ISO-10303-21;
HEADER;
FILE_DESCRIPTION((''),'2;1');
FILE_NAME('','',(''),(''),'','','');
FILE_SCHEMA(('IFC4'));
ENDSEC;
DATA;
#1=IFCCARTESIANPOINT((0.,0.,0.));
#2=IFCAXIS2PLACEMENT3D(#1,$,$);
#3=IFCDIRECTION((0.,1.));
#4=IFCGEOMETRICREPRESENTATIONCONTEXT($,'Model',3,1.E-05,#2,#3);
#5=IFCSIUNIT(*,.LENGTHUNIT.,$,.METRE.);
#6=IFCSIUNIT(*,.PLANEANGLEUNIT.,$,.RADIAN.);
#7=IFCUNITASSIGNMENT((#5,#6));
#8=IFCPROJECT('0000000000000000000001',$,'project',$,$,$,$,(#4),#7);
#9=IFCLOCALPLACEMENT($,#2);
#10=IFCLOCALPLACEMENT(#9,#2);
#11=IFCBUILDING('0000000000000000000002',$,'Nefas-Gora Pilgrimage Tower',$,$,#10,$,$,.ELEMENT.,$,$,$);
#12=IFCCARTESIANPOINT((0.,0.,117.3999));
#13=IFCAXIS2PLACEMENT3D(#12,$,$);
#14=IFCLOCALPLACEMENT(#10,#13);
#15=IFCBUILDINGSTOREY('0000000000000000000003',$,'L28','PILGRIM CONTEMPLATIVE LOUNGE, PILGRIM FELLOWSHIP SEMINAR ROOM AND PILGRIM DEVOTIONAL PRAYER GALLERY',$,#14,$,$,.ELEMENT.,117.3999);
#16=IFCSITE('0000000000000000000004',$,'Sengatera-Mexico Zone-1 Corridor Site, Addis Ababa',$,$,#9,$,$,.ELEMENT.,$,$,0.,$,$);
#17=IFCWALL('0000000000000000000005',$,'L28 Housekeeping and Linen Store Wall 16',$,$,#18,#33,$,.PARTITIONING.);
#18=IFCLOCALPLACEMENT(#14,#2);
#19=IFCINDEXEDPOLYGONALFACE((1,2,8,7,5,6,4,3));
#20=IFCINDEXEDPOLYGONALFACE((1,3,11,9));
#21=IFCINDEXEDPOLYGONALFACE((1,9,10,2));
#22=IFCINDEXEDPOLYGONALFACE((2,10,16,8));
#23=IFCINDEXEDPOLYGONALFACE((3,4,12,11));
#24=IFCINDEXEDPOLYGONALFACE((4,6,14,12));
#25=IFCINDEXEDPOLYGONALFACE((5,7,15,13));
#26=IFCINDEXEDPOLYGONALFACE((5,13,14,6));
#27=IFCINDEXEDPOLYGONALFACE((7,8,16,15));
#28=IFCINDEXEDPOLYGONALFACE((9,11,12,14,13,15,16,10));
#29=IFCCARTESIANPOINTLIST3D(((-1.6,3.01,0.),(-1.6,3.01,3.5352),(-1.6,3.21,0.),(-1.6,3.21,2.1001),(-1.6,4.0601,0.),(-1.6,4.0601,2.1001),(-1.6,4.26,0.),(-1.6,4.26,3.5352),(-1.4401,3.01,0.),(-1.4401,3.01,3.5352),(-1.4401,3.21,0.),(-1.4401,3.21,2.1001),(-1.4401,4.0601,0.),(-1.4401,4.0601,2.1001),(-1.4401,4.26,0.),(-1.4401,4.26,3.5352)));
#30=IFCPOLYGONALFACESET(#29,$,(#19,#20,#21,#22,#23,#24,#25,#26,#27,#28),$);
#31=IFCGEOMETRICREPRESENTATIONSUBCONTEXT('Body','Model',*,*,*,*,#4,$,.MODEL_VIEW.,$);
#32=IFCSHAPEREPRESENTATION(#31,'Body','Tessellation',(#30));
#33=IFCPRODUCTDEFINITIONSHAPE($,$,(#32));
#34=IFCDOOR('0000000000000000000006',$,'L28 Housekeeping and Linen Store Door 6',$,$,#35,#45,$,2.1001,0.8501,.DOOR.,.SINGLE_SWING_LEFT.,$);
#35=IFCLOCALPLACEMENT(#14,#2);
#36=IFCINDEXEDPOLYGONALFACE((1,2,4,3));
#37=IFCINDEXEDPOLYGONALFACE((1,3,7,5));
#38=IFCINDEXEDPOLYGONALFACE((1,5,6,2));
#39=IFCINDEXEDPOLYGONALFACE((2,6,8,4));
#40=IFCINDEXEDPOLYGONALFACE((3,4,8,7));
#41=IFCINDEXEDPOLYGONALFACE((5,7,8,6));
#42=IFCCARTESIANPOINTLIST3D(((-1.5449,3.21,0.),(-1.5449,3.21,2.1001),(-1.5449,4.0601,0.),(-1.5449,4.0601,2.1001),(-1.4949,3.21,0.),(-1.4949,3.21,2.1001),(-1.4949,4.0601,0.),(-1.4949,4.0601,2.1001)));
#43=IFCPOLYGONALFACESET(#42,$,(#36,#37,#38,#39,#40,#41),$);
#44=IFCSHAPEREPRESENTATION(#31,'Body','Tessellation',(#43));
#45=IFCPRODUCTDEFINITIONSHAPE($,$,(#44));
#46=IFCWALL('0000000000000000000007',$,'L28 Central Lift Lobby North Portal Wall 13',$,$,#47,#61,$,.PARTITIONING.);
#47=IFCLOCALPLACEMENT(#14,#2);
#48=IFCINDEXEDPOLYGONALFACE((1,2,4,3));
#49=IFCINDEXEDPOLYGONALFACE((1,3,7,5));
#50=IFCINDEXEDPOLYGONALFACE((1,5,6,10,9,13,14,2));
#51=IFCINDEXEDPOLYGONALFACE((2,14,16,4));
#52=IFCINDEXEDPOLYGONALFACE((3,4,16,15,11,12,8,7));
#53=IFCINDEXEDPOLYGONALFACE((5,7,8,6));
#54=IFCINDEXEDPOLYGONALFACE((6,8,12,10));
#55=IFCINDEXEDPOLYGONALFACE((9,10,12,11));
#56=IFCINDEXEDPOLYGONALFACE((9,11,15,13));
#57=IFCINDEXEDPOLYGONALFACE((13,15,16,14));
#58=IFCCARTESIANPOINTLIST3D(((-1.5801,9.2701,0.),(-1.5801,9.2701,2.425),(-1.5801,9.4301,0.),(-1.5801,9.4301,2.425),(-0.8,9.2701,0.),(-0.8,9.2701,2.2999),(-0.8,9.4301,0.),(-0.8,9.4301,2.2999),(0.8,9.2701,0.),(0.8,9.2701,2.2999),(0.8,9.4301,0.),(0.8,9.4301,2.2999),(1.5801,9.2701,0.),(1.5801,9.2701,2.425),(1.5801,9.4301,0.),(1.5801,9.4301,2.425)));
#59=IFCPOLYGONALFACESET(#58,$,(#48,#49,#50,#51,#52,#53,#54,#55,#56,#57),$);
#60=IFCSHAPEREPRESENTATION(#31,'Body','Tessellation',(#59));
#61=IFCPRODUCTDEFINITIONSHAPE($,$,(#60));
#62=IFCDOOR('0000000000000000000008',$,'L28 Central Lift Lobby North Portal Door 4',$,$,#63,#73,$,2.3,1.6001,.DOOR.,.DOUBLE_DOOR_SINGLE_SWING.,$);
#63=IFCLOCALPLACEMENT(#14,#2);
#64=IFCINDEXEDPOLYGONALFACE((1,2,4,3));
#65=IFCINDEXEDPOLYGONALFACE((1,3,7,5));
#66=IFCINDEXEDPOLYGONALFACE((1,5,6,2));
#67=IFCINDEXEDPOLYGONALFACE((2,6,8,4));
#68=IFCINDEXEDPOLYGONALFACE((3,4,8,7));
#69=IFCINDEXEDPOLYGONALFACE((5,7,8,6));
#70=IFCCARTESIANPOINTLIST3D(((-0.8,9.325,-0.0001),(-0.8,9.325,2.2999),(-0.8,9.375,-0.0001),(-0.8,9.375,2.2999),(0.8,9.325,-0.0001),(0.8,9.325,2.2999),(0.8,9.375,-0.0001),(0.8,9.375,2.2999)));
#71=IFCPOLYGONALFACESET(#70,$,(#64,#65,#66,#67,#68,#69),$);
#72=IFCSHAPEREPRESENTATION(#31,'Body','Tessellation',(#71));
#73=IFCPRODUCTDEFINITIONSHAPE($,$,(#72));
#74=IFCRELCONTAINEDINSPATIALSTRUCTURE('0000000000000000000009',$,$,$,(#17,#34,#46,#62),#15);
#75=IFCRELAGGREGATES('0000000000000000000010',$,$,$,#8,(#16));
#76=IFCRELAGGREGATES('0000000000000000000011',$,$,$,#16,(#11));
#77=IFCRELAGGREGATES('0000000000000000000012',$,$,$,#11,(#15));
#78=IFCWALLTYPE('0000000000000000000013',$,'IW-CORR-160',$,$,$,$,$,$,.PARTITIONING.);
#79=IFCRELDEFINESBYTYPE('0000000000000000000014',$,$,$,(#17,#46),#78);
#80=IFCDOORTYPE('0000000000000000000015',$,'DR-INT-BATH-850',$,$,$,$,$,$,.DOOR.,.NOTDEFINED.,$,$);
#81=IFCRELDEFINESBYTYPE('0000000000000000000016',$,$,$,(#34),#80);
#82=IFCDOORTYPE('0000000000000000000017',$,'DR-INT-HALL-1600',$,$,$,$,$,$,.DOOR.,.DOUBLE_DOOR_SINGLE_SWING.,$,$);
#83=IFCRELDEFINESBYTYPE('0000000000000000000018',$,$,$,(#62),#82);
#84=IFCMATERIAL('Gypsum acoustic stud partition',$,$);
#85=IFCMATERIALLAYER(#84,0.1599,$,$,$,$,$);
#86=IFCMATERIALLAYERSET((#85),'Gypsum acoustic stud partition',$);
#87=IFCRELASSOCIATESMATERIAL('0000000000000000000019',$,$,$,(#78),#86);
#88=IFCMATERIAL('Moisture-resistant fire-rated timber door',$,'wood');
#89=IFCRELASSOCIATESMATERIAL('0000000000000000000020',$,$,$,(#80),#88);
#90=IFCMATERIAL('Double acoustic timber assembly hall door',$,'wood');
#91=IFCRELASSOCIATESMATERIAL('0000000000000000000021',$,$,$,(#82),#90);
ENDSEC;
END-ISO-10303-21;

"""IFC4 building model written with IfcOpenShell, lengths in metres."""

from ifc_helpers import new_model, si_unit, direction, frame, frame_2d, origin, place, context, subcontext, project, spatial, rectangle, extrude, source, transform, mapped, material, layer, layer_set, type_object, element, fill, save


model = new_model("IFC4")

# Units and contexts
model_context = context("Model", 3, precision=1e-05, world=origin(), true_north=direction((0.0, 1.0)))
body_context = subcontext(model_context, "Body", "Model", "MODEL_VIEW")
ifc_project = project(units=[si_unit("LENGTHUNIT", "METRE"), si_unit("PLANEANGLEUNIT", "RADIAN")], contexts=[model_context])

# Site, building, storey
site_placement = place(None, origin())
site = spatial("IfcSite", under=ifc_project, at=site_placement, Name="Sengatera-Mexico Zone-1 Corridor Site, Addis Ababa", CompositionType="ELEMENT", RefElevation=0.0)
building_placement = place(site_placement, origin())
building = spatial("IfcBuilding", under=site, at=building_placement, Name="Nefas-Gora Pilgrimage Tower", CompositionType="ELEMENT")
storey_placement = place(building_placement, frame((0.0, 0.0, 117.3999)))
storey = spatial("IfcBuildingStorey", under=building, at=storey_placement, Name="L28", Description="PILGRIM CONTEMPLATIVE LOUNGE, PILGRIM FELLOWSHIP SEMINAR ROOM AND PILGRIM DEVOTIONAL PRAYER GALLERY", CompositionType="ELEMENT", Elevation=117.3999)

# Shared definitions
ifc_material_1 = material(Name="Gypsum acoustic stud partition")
ifc_layer_1 = layer(ifc_material_1, 0.1599)
ifc_layer_set_1 = layer_set([ifc_layer_1], Name="Gypsum acoustic stud partition")
wall_type_1 = type_object("IfcWallType", Name="IW-CORR-160", PredefinedType="PARTITIONING", material=ifc_layer_set_1)

# Walls, openings, doors
shared_shape_1 = source(origin(), body_context, "Body", "SweptSolid", [
    extrude(rectangle(XDim=1.25, YDim=0.1599, at=frame_2d((0.625, 0.0))), origin(), (0.0, 0.0, 1.0), 3.5352),
])
wall_1_placement = place(storey_placement, frame((-1.52, 3.01, 0.0), z_axis=(0.0, 0.0, 1.0), x_axis=(0.0, 1.0, 0.0)))
wall_1 = element("IfcWall", 1, at=wall_1_placement, inside=storey, type_object=wall_type_1, Name="L28 Housekeeping and Linen Store Wall 16", PredefinedType="PARTITIONING", context=body_context, shape_type="MappedRepresentation", body=[
    mapped(shared_shape_1, transform((0.0, 0.0, 0.0), x_axis=(1.0, 0.0, 0.0), y_axis=(0.0, 1.0, 0.0), z_axis=(0.0, 0.0, 1.0), scale=1.0)),
])
opening_1_placement = place(wall_1_placement, frame((0.2, 0.0, 0.0)))
opening_1 = element("IfcOpeningElement", 2, at=opening_1_placement, cuts=wall_1, PredefinedType="OPENING", context=body_context, shape_type="SweptSolid", body=[
    extrude(rectangle(XDim=0.8501, YDim=2.1001, at=frame_2d((0.425, 1.05))), frame((0.0, 0.0898, 0.0), z_axis=(0.0, -1.0, 0.0), x_axis=(1.0, 0.0, 0.0)), (0.0, 0.0, 1.0), 0.1799),
])
ifc_material_2 = material(Name="Moisture-resistant fire-rated timber door", Category="wood")
door_type_1 = type_object("IfcDoorType", Name="DR-INT-BATH-850", OperationType="NOTDEFINED", PredefinedType="DOOR", material=ifc_material_2)
shared_shape_2 = source(origin(), body_context, "Body", "SweptSolid", [
    extrude(rectangle(XDim=0.8501, YDim=2.1001, at=frame_2d((0.425, 1.05))), frame((0.0, 0.0249, 0.0), z_axis=(0.0, -1.0, 0.0), x_axis=(1.0, 0.0, 0.0)), (0.0, 0.0, 1.0), 0.05),
])
door_1_placement = place(opening_1_placement, origin())
door_1 = element("IfcDoor", 3, at=door_1_placement, inside=storey, type_object=door_type_1, Name="L28 Housekeeping and Linen Store Door 6", OperationType="SINGLE_SWING_LEFT", OverallHeight=2.1001, OverallWidth=0.8501, PredefinedType="DOOR", context=body_context, shape_type="MappedRepresentation", body=[
    mapped(shared_shape_2, transform((0.0, 0.0, 0.0), x_axis=(1.0, 0.0, 0.0), y_axis=(0.0, 1.0, 0.0), z_axis=(0.0, 0.0, 1.0), scale=1.0)),
])
fill(opening_1, door_1)
shared_shape_3 = source(origin(), body_context, "Body", "SweptSolid", [
    extrude(rectangle(XDim=3.1602, YDim=0.1599, at=frame_2d((1.5801, 0.0))), origin(), (0.0, 0.0, 1.0), 2.425),
])
wall_2_placement = place(storey_placement, frame((-1.5801, 9.3501, 0.0), z_axis=(0.0, 0.0, 1.0), x_axis=(1.0, 0.0, 0.0)))
wall_2 = element("IfcWall", 4, at=wall_2_placement, inside=storey, type_object=wall_type_1, Name="L28 Central Lift Lobby North Portal Wall 13", PredefinedType="PARTITIONING", context=body_context, shape_type="MappedRepresentation", body=[
    mapped(shared_shape_3, transform((0.0, 0.0, 0.0), x_axis=(1.0, 0.0, 0.0), y_axis=(0.0, 1.0, 0.0), z_axis=(0.0, 0.0, 1.0), scale=1.0)),
])
opening_2_placement = place(wall_2_placement, frame((0.78, 0.0, 0.0)))
opening_2 = element("IfcOpeningElement", 5, at=opening_2_placement, cuts=wall_2, PredefinedType="OPENING", context=body_context, shape_type="SweptSolid", body=[
    extrude(rectangle(XDim=1.6001, YDim=2.3, at=frame_2d((0.8, 1.1499))), frame((0.0, 0.0898, 0.0), z_axis=(0.0, -1.0, 0.0), x_axis=(1.0, 0.0, 0.0)), (0.0, 0.0, 1.0), 0.1799),
])
ifc_material_3 = material(Name="Double acoustic timber assembly hall door", Category="wood")
door_type_2 = type_object("IfcDoorType", Name="DR-INT-HALL-1600", OperationType="DOUBLE_DOOR_SINGLE_SWING", PredefinedType="DOOR", material=ifc_material_3)
shared_shape_4 = source(origin(), body_context, "Body", "SweptSolid", [
    extrude(rectangle(XDim=1.6001, YDim=2.3, at=frame_2d((0.8, 1.1499))), frame((0.0, 0.0249, 0.0), z_axis=(0.0, -1.0, 0.0), x_axis=(1.0, 0.0, 0.0)), (0.0, 0.0, 1.0), 0.05),
])
door_2_placement = place(opening_2_placement, origin())
door_2 = element("IfcDoor", 6, at=door_2_placement, inside=storey, type_object=door_type_2, Name="L28 Central Lift Lobby North Portal Door 4", OperationType="DOUBLE_DOOR_SINGLE_SWING", OverallHeight=2.3, OverallWidth=1.6001, PredefinedType="DOOR", context=body_context, shape_type="MappedRepresentation", body=[
    mapped(shared_shape_4, transform((0.0, 0.0, 0.0), x_axis=(1.0, 0.0, 0.0), y_axis=(0.0, 1.0, 0.0), z_axis=(0.0, 0.0, 1.0), scale=1.0)),
])
fill(opening_2, door_2)

save(model, "model.ifc")
